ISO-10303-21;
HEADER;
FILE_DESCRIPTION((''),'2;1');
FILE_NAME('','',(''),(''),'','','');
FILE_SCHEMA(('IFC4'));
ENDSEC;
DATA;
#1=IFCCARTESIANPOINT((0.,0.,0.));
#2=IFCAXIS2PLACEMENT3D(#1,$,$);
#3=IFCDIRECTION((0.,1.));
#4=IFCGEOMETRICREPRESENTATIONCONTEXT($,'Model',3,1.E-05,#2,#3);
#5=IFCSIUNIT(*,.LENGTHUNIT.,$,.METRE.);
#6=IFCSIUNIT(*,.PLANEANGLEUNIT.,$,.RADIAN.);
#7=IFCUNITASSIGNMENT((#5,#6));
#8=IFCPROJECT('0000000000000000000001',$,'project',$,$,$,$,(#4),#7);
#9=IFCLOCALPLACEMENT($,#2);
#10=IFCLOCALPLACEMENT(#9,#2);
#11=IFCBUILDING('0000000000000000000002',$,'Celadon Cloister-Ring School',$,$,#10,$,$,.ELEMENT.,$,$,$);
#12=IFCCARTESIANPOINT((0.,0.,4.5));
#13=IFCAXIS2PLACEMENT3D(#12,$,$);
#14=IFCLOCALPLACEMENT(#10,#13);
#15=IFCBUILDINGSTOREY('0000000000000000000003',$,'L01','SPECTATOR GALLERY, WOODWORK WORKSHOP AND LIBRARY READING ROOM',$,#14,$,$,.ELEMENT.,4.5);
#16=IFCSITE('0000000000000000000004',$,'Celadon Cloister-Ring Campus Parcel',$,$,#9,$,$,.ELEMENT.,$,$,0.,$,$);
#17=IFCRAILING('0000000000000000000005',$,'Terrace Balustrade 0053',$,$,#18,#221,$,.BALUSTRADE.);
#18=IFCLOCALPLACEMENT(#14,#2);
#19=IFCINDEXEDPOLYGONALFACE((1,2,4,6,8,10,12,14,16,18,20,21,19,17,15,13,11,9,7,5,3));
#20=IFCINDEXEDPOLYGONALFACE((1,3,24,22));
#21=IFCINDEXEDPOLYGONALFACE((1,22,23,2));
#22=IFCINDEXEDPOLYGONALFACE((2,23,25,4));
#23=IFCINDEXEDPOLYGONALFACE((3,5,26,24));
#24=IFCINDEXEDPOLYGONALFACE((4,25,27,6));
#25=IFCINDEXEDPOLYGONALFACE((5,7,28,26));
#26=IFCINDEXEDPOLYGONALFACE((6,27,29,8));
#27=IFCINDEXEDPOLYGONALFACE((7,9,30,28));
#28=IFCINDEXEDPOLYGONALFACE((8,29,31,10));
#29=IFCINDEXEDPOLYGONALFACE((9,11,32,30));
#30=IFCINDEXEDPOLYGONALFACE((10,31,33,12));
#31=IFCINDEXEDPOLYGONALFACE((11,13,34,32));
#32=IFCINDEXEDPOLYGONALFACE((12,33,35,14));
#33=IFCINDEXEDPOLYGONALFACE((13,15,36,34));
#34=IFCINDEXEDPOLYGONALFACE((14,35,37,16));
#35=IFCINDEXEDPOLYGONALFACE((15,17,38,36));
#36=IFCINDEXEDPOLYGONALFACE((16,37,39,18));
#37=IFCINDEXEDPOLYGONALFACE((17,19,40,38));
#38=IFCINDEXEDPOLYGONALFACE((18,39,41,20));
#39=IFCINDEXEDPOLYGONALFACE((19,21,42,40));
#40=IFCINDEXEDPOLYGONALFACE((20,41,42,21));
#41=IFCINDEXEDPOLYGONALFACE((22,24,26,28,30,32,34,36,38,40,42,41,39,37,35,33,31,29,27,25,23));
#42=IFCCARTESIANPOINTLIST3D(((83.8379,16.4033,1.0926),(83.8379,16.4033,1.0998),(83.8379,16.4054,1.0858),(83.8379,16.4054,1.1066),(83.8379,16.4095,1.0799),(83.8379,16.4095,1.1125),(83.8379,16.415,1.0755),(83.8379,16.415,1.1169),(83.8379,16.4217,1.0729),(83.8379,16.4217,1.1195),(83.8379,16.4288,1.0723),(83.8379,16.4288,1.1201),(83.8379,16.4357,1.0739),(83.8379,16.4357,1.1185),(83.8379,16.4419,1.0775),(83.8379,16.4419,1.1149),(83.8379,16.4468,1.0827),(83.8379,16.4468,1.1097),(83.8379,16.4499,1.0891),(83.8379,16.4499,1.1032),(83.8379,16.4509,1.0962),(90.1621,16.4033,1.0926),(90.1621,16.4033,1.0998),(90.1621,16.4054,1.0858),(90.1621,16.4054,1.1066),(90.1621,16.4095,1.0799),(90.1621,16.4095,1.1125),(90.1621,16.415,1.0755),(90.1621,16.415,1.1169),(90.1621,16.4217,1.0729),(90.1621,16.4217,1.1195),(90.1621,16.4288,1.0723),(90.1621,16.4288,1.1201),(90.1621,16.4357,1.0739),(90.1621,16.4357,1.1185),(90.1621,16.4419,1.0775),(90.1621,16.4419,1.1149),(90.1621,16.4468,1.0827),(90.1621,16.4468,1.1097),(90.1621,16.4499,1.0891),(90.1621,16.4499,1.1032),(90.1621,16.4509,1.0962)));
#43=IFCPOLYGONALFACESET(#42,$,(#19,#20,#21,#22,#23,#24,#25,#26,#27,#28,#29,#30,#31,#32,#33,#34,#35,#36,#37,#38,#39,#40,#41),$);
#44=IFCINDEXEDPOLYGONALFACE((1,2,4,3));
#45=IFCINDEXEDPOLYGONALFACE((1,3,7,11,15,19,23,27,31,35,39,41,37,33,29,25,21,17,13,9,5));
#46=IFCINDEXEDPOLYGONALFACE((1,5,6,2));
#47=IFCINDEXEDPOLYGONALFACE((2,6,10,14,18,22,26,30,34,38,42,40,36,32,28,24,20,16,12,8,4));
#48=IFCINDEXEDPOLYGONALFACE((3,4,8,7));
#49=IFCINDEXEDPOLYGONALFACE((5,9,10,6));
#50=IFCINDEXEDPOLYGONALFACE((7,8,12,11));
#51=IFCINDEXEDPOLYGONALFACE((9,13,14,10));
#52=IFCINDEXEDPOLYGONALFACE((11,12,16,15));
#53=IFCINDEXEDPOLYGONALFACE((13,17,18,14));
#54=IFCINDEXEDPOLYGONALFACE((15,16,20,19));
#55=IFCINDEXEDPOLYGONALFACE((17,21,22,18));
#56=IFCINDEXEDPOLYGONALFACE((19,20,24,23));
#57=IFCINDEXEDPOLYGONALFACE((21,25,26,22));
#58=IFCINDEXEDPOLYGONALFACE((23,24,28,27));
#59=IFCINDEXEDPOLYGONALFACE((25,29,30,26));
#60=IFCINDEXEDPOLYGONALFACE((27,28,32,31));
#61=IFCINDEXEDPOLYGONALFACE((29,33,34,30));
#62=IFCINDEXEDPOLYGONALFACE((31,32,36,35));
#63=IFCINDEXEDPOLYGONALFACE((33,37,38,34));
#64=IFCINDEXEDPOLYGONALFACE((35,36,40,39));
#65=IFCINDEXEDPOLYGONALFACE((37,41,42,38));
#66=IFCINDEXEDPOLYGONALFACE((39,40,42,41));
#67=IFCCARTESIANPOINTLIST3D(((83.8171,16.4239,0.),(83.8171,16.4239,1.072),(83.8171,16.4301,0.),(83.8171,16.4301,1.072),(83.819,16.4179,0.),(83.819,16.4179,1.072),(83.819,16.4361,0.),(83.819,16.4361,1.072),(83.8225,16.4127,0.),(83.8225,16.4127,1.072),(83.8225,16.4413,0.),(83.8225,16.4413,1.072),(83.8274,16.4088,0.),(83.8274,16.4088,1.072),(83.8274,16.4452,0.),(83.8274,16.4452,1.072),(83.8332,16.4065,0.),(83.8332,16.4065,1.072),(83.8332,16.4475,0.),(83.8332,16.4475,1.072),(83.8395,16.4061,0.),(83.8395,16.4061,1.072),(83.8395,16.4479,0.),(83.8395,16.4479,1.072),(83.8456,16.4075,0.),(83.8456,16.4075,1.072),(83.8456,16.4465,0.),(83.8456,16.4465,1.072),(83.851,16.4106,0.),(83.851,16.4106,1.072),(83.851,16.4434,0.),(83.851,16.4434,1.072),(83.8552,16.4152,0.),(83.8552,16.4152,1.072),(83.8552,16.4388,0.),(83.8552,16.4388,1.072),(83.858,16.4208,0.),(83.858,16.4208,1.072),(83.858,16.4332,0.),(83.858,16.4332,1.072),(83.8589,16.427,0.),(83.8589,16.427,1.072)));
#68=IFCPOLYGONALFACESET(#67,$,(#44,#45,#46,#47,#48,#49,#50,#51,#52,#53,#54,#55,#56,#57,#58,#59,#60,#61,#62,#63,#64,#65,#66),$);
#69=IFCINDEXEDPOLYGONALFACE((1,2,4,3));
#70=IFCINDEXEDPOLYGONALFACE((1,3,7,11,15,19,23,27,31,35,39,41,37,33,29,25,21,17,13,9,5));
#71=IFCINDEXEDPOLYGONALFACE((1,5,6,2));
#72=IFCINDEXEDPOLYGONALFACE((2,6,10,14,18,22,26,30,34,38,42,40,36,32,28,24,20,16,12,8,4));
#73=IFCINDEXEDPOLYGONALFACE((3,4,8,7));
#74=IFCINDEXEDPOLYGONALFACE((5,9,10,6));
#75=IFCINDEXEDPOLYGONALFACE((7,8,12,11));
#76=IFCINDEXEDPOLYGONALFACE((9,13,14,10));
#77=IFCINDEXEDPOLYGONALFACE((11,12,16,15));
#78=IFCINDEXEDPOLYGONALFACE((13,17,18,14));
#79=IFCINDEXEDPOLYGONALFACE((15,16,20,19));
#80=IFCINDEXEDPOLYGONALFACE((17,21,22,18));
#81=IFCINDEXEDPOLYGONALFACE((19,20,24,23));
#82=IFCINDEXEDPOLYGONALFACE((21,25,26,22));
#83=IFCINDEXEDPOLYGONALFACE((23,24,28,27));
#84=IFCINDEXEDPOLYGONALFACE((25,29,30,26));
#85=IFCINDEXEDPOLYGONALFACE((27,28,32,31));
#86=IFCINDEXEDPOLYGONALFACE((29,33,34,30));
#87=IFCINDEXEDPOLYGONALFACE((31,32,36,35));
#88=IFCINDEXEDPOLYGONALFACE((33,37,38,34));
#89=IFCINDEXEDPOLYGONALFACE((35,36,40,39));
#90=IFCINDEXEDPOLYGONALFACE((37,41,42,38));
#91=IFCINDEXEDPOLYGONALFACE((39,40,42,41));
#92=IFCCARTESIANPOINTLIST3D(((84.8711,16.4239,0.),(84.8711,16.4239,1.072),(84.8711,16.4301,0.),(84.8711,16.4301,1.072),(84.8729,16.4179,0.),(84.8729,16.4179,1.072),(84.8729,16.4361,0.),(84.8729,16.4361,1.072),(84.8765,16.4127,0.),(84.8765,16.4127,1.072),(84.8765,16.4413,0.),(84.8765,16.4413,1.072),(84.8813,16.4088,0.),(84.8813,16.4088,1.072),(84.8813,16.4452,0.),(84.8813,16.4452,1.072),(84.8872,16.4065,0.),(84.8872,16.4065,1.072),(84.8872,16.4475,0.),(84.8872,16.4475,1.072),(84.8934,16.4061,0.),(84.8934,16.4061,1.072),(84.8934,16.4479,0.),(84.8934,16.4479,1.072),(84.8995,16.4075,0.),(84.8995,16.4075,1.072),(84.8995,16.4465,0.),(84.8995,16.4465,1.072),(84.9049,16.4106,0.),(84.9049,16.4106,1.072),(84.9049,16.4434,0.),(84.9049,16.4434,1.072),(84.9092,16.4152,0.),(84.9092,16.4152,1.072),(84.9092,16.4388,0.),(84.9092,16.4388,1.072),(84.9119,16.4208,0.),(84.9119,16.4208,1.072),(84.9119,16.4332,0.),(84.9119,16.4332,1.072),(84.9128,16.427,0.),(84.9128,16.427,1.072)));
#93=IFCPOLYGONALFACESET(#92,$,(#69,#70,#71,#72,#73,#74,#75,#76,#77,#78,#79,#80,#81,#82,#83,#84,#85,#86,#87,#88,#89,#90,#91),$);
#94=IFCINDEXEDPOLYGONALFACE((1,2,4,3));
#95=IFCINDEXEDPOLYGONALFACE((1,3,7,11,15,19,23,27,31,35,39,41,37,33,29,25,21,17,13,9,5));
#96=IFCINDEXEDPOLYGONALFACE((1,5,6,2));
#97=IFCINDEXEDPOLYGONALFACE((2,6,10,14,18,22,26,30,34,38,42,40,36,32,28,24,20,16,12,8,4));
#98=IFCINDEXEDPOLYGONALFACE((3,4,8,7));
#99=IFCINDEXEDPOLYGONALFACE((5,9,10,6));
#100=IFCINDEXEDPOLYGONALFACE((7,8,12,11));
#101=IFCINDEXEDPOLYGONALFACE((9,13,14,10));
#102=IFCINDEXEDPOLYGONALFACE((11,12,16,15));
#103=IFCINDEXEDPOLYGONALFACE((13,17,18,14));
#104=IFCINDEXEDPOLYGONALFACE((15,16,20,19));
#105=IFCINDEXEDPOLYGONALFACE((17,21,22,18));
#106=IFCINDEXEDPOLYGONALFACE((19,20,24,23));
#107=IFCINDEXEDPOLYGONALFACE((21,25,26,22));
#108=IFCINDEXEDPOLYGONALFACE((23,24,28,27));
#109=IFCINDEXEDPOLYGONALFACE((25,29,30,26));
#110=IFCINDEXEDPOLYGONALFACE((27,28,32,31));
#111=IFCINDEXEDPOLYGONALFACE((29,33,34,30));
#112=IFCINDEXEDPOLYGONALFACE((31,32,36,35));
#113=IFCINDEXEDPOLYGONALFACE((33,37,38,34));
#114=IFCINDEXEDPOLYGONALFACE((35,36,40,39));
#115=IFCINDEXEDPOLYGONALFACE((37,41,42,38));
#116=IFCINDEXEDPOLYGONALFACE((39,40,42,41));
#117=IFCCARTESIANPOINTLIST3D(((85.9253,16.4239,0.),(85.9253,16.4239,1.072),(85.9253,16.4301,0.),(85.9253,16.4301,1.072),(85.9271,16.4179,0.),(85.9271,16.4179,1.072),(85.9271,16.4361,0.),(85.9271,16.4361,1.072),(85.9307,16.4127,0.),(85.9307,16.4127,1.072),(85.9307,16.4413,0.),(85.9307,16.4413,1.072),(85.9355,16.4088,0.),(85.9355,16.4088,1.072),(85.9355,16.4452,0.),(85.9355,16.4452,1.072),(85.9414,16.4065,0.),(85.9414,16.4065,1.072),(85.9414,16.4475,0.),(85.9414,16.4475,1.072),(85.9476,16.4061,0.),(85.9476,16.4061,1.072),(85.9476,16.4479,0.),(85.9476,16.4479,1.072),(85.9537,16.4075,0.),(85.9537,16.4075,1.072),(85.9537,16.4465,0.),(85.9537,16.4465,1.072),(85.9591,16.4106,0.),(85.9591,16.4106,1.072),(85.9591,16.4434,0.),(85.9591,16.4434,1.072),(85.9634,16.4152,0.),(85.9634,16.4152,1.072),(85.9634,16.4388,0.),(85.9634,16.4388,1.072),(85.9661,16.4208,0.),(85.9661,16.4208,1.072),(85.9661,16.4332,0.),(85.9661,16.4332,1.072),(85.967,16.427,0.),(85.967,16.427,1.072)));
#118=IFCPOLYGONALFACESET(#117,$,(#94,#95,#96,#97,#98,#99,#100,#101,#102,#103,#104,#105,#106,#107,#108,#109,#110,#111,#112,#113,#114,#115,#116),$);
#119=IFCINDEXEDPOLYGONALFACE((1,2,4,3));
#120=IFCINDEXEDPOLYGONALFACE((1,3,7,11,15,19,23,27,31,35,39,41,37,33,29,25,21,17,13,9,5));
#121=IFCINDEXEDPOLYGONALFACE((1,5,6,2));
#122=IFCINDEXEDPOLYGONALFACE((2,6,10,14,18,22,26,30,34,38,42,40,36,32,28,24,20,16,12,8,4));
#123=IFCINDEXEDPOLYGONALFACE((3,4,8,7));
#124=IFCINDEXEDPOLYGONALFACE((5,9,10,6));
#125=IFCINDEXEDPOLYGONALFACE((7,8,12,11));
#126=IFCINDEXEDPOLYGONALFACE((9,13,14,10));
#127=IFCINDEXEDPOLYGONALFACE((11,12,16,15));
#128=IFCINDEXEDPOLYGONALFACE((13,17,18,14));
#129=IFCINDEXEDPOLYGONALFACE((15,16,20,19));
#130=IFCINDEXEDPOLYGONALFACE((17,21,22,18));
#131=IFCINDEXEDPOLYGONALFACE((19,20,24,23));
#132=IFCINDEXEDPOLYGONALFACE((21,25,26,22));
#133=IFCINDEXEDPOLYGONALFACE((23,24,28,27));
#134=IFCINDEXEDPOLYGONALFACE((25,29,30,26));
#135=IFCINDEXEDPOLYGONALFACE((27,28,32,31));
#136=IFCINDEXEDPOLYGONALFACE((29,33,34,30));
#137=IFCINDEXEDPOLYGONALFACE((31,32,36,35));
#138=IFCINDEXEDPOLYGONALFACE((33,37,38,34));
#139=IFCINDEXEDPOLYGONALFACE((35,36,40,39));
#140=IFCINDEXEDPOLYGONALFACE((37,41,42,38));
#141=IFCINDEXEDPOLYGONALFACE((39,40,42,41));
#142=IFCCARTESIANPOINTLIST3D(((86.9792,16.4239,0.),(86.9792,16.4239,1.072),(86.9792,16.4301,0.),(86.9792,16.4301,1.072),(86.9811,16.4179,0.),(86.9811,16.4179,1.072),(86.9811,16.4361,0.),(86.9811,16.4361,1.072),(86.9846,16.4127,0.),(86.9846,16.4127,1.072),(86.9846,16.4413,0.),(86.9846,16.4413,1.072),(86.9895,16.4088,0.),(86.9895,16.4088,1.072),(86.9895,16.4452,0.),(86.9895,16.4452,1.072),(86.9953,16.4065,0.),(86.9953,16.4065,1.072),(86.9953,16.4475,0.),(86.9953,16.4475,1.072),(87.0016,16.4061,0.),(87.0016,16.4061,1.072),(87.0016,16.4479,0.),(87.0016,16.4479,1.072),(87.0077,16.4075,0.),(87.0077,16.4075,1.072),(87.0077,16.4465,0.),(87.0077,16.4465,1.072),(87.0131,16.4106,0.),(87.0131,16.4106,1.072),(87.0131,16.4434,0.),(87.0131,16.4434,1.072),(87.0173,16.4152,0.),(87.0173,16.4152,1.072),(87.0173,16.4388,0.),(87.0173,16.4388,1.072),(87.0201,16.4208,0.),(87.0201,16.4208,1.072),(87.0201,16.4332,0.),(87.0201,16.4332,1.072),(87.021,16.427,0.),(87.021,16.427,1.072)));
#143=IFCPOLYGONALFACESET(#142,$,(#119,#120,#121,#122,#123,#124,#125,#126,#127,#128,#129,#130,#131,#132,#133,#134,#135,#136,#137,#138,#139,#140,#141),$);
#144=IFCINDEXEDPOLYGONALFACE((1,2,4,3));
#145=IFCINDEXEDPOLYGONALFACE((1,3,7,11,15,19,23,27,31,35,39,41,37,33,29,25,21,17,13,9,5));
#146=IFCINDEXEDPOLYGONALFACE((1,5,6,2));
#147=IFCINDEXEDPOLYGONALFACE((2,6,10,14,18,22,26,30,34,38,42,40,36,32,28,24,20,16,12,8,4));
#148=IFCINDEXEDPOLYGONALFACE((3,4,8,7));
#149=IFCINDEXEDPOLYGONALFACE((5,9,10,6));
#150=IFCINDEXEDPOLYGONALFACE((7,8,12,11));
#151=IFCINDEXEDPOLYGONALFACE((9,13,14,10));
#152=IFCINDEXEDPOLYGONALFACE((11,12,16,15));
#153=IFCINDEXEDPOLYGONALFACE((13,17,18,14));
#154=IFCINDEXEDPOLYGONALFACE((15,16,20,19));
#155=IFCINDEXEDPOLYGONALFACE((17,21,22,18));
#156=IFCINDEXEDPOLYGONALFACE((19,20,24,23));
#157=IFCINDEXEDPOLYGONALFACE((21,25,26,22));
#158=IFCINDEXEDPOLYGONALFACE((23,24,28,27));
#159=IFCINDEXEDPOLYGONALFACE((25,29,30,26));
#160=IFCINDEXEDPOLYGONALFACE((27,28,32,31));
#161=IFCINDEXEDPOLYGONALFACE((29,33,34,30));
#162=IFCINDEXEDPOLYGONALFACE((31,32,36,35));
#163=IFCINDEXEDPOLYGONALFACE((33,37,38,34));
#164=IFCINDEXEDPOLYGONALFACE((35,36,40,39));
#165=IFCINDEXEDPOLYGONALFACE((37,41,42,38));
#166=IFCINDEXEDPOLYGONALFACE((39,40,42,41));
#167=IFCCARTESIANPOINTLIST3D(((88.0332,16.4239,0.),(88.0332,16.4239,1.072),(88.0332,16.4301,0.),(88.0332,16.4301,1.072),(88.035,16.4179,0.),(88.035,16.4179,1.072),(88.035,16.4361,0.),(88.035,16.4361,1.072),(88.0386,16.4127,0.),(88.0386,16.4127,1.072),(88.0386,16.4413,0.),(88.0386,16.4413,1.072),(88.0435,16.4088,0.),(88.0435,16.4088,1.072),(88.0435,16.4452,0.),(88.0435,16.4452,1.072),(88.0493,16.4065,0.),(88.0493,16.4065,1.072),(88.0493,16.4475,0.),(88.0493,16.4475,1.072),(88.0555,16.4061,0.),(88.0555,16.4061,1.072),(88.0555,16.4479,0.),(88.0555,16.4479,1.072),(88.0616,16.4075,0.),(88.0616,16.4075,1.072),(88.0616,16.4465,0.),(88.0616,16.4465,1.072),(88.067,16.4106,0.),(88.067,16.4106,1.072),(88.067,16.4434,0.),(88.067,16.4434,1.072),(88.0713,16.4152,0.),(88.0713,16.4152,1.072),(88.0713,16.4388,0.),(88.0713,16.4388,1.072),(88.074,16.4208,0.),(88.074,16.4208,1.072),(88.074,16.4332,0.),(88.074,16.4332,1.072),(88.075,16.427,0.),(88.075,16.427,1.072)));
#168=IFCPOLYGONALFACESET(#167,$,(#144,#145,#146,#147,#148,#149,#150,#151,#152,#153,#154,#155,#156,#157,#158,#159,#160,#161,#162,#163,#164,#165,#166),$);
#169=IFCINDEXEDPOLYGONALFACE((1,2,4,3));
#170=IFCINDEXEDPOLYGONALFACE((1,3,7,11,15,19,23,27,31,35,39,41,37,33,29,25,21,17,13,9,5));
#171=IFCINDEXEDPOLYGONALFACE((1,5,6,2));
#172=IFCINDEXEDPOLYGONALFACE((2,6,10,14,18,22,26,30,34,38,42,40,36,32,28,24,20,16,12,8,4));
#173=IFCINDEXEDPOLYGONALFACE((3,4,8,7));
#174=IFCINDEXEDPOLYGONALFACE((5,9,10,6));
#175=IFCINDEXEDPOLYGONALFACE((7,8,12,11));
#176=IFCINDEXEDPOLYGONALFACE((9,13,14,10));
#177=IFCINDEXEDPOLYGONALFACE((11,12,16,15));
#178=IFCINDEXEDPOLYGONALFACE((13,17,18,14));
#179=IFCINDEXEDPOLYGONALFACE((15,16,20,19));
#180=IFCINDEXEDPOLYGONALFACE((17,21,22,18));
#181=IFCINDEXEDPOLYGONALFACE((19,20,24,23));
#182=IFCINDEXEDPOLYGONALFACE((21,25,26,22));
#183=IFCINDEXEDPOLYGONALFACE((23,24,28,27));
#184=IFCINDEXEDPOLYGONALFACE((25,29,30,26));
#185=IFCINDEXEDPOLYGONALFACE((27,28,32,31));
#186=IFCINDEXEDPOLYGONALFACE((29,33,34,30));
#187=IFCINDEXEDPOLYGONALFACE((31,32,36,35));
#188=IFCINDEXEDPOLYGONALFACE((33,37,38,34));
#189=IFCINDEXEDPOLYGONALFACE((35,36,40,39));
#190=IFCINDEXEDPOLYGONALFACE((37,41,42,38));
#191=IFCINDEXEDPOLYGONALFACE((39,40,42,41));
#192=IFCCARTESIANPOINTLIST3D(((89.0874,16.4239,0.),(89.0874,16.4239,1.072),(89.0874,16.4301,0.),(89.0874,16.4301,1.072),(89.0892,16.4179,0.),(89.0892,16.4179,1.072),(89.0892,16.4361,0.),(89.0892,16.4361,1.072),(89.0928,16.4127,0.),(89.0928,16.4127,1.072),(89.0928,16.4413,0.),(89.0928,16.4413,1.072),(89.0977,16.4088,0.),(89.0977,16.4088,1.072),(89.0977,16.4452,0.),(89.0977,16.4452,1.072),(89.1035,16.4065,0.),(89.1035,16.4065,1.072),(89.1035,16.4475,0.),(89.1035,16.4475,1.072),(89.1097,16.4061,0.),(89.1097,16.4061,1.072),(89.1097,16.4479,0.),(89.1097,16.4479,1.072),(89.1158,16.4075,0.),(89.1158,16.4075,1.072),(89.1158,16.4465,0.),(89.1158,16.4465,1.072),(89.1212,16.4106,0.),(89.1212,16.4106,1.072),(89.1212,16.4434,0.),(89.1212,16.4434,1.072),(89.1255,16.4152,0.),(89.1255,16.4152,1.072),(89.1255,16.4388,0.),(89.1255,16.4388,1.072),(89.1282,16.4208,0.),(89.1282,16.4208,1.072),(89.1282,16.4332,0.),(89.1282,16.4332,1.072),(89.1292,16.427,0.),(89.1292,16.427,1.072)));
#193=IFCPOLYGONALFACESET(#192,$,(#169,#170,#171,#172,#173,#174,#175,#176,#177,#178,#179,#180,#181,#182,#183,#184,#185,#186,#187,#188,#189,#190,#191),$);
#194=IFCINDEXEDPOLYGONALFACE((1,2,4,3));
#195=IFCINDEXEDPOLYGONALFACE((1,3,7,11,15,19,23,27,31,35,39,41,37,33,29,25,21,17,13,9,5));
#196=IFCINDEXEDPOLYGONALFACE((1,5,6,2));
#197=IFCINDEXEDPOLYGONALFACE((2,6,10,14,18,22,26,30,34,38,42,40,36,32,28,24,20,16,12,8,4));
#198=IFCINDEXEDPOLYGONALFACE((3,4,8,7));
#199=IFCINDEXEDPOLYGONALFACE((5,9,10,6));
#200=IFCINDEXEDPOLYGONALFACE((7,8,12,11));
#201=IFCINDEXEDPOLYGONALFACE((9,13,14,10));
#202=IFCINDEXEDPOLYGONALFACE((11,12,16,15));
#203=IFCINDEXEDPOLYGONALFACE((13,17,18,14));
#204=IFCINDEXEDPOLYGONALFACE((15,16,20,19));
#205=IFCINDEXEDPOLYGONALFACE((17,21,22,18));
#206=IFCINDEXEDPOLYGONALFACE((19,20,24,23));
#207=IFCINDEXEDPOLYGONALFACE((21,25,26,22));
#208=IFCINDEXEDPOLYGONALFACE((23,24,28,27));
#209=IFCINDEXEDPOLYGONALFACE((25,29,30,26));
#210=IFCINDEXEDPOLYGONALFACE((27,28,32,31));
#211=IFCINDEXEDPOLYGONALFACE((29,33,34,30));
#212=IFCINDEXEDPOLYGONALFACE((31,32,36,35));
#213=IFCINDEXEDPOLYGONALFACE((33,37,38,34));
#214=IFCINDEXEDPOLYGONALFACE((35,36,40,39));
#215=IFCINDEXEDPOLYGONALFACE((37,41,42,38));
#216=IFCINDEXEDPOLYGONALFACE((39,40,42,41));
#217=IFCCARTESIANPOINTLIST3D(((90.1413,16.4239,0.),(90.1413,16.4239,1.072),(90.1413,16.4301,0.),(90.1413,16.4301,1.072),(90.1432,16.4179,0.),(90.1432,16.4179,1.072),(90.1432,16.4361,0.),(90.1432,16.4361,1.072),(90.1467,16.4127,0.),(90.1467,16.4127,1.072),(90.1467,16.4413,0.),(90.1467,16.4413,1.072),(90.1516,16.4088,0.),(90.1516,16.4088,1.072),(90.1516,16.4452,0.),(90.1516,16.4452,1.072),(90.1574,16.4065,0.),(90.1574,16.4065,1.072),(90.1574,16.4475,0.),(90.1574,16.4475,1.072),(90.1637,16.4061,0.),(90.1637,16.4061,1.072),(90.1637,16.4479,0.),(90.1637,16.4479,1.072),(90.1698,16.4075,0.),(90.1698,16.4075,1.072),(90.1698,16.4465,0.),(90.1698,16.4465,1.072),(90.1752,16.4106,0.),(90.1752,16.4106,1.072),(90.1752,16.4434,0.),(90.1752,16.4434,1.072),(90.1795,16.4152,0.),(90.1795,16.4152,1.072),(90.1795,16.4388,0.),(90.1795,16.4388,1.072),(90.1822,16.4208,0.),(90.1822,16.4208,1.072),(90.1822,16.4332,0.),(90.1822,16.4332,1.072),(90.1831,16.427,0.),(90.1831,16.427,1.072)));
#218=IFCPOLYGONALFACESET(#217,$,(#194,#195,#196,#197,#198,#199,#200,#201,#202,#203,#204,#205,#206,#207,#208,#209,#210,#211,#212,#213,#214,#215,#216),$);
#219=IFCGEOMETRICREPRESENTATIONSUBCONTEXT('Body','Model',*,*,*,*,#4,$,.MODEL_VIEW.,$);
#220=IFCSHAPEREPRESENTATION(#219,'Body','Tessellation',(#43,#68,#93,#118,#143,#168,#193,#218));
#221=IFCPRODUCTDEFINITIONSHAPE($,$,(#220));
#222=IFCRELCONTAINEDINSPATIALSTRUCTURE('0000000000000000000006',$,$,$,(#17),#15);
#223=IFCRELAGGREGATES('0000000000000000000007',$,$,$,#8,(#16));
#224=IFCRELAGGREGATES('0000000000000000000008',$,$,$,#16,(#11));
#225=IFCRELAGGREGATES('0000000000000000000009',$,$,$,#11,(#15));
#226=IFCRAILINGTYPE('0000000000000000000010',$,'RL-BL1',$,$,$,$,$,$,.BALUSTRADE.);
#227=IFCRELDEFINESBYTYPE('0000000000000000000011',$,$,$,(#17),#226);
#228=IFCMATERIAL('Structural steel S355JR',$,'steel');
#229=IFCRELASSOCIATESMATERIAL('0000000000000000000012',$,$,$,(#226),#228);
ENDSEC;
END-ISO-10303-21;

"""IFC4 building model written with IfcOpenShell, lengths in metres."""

from ifc_helpers import new_model, si_unit, direction, frame, origin, origin_2d, place, context, subcontext, project, spatial, circle, extrude, material, type_object, element, save


model = new_model("IFC4")

# Units and contexts
model_context = context("Model", 3, precision=1e-05, world=origin(), true_north=direction((0.0, 1.0)))
body_context = subcontext(model_context, "Body", "Model", "MODEL_VIEW")
ifc_project = project(units=[si_unit("LENGTHUNIT", "METRE"), si_unit("PLANEANGLEUNIT", "RADIAN")], contexts=[model_context])

# Site, building, storey
site_placement = place(None, origin())
site = spatial("IfcSite", under=ifc_project, at=site_placement, Name="Celadon Cloister-Ring Campus Parcel", CompositionType="ELEMENT", RefElevation=0.0)
building_placement = place(site_placement, origin())
building = spatial("IfcBuilding", under=site, at=building_placement, Name="Celadon Cloister-Ring School", CompositionType="ELEMENT")
storey_placement = place(building_placement, frame((0.0, 0.0, 4.5)))
storey = spatial("IfcBuildingStorey", under=building, at=storey_placement, Name="L01", Description="SPECTATOR GALLERY, WOODWORK WORKSHOP AND LIBRARY READING ROOM", CompositionType="ELEMENT", Elevation=4.5)

# Railing
ifc_material_1 = material(Name="Structural steel S355JR", Category="steel")
railing_type_1 = type_object("IfcRailingType", Name="RL-BL1", PredefinedType="BALUSTRADE", material=ifc_material_1)
railing_1_placement = place(storey_placement, frame((83.8379, 16.427, 0.0)))
element("IfcRailing", 1, at=railing_1_placement, inside=storey, type_object=railing_type_1, Name="Terrace Balustrade 0053", PredefinedType="BALUSTRADE", context=body_context, shape_type="SweptSolid", body=[
    extrude(circle(Radius=0.0239, at=origin_2d()), frame((0.0, 0.0, 1.0962), z_axis=(1.0, 0.0, 0.0), x_axis=(0.0, 1.0, 0.0)), (0.0, 0.0, 1.0), 6.3242),
    extrude(circle(Radius=0.021, at=origin_2d()), origin(), (0.0, 0.0, 1.0), 1.072),
    extrude(circle(Radius=0.021, at=origin_2d()), frame((1.054, 0.0, 0.0)), (0.0, 0.0, 1.0), 1.072),
    extrude(circle(Radius=0.021, at=origin_2d()), frame((2.1082, 0.0, 0.0)), (0.0, 0.0, 1.0), 1.072),
    extrude(circle(Radius=0.021, at=origin_2d()), frame((3.1621, 0.0, 0.0)), (0.0, 0.0, 1.0), 1.072),
    extrude(circle(Radius=0.021, at=origin_2d()), frame((4.2161, 0.0, 0.0)), (0.0, 0.0, 1.0), 1.072),
    extrude(circle(Radius=0.021, at=origin_2d()), frame((5.2703, 0.0, 0.0)), (0.0, 0.0, 1.0), 1.072),
    extrude(circle(Radius=0.021, at=origin_2d()), frame((6.3242, 0.0, 0.0)), (0.0, 0.0, 1.0), 1.072),
])

save(model, "model.ifc")
